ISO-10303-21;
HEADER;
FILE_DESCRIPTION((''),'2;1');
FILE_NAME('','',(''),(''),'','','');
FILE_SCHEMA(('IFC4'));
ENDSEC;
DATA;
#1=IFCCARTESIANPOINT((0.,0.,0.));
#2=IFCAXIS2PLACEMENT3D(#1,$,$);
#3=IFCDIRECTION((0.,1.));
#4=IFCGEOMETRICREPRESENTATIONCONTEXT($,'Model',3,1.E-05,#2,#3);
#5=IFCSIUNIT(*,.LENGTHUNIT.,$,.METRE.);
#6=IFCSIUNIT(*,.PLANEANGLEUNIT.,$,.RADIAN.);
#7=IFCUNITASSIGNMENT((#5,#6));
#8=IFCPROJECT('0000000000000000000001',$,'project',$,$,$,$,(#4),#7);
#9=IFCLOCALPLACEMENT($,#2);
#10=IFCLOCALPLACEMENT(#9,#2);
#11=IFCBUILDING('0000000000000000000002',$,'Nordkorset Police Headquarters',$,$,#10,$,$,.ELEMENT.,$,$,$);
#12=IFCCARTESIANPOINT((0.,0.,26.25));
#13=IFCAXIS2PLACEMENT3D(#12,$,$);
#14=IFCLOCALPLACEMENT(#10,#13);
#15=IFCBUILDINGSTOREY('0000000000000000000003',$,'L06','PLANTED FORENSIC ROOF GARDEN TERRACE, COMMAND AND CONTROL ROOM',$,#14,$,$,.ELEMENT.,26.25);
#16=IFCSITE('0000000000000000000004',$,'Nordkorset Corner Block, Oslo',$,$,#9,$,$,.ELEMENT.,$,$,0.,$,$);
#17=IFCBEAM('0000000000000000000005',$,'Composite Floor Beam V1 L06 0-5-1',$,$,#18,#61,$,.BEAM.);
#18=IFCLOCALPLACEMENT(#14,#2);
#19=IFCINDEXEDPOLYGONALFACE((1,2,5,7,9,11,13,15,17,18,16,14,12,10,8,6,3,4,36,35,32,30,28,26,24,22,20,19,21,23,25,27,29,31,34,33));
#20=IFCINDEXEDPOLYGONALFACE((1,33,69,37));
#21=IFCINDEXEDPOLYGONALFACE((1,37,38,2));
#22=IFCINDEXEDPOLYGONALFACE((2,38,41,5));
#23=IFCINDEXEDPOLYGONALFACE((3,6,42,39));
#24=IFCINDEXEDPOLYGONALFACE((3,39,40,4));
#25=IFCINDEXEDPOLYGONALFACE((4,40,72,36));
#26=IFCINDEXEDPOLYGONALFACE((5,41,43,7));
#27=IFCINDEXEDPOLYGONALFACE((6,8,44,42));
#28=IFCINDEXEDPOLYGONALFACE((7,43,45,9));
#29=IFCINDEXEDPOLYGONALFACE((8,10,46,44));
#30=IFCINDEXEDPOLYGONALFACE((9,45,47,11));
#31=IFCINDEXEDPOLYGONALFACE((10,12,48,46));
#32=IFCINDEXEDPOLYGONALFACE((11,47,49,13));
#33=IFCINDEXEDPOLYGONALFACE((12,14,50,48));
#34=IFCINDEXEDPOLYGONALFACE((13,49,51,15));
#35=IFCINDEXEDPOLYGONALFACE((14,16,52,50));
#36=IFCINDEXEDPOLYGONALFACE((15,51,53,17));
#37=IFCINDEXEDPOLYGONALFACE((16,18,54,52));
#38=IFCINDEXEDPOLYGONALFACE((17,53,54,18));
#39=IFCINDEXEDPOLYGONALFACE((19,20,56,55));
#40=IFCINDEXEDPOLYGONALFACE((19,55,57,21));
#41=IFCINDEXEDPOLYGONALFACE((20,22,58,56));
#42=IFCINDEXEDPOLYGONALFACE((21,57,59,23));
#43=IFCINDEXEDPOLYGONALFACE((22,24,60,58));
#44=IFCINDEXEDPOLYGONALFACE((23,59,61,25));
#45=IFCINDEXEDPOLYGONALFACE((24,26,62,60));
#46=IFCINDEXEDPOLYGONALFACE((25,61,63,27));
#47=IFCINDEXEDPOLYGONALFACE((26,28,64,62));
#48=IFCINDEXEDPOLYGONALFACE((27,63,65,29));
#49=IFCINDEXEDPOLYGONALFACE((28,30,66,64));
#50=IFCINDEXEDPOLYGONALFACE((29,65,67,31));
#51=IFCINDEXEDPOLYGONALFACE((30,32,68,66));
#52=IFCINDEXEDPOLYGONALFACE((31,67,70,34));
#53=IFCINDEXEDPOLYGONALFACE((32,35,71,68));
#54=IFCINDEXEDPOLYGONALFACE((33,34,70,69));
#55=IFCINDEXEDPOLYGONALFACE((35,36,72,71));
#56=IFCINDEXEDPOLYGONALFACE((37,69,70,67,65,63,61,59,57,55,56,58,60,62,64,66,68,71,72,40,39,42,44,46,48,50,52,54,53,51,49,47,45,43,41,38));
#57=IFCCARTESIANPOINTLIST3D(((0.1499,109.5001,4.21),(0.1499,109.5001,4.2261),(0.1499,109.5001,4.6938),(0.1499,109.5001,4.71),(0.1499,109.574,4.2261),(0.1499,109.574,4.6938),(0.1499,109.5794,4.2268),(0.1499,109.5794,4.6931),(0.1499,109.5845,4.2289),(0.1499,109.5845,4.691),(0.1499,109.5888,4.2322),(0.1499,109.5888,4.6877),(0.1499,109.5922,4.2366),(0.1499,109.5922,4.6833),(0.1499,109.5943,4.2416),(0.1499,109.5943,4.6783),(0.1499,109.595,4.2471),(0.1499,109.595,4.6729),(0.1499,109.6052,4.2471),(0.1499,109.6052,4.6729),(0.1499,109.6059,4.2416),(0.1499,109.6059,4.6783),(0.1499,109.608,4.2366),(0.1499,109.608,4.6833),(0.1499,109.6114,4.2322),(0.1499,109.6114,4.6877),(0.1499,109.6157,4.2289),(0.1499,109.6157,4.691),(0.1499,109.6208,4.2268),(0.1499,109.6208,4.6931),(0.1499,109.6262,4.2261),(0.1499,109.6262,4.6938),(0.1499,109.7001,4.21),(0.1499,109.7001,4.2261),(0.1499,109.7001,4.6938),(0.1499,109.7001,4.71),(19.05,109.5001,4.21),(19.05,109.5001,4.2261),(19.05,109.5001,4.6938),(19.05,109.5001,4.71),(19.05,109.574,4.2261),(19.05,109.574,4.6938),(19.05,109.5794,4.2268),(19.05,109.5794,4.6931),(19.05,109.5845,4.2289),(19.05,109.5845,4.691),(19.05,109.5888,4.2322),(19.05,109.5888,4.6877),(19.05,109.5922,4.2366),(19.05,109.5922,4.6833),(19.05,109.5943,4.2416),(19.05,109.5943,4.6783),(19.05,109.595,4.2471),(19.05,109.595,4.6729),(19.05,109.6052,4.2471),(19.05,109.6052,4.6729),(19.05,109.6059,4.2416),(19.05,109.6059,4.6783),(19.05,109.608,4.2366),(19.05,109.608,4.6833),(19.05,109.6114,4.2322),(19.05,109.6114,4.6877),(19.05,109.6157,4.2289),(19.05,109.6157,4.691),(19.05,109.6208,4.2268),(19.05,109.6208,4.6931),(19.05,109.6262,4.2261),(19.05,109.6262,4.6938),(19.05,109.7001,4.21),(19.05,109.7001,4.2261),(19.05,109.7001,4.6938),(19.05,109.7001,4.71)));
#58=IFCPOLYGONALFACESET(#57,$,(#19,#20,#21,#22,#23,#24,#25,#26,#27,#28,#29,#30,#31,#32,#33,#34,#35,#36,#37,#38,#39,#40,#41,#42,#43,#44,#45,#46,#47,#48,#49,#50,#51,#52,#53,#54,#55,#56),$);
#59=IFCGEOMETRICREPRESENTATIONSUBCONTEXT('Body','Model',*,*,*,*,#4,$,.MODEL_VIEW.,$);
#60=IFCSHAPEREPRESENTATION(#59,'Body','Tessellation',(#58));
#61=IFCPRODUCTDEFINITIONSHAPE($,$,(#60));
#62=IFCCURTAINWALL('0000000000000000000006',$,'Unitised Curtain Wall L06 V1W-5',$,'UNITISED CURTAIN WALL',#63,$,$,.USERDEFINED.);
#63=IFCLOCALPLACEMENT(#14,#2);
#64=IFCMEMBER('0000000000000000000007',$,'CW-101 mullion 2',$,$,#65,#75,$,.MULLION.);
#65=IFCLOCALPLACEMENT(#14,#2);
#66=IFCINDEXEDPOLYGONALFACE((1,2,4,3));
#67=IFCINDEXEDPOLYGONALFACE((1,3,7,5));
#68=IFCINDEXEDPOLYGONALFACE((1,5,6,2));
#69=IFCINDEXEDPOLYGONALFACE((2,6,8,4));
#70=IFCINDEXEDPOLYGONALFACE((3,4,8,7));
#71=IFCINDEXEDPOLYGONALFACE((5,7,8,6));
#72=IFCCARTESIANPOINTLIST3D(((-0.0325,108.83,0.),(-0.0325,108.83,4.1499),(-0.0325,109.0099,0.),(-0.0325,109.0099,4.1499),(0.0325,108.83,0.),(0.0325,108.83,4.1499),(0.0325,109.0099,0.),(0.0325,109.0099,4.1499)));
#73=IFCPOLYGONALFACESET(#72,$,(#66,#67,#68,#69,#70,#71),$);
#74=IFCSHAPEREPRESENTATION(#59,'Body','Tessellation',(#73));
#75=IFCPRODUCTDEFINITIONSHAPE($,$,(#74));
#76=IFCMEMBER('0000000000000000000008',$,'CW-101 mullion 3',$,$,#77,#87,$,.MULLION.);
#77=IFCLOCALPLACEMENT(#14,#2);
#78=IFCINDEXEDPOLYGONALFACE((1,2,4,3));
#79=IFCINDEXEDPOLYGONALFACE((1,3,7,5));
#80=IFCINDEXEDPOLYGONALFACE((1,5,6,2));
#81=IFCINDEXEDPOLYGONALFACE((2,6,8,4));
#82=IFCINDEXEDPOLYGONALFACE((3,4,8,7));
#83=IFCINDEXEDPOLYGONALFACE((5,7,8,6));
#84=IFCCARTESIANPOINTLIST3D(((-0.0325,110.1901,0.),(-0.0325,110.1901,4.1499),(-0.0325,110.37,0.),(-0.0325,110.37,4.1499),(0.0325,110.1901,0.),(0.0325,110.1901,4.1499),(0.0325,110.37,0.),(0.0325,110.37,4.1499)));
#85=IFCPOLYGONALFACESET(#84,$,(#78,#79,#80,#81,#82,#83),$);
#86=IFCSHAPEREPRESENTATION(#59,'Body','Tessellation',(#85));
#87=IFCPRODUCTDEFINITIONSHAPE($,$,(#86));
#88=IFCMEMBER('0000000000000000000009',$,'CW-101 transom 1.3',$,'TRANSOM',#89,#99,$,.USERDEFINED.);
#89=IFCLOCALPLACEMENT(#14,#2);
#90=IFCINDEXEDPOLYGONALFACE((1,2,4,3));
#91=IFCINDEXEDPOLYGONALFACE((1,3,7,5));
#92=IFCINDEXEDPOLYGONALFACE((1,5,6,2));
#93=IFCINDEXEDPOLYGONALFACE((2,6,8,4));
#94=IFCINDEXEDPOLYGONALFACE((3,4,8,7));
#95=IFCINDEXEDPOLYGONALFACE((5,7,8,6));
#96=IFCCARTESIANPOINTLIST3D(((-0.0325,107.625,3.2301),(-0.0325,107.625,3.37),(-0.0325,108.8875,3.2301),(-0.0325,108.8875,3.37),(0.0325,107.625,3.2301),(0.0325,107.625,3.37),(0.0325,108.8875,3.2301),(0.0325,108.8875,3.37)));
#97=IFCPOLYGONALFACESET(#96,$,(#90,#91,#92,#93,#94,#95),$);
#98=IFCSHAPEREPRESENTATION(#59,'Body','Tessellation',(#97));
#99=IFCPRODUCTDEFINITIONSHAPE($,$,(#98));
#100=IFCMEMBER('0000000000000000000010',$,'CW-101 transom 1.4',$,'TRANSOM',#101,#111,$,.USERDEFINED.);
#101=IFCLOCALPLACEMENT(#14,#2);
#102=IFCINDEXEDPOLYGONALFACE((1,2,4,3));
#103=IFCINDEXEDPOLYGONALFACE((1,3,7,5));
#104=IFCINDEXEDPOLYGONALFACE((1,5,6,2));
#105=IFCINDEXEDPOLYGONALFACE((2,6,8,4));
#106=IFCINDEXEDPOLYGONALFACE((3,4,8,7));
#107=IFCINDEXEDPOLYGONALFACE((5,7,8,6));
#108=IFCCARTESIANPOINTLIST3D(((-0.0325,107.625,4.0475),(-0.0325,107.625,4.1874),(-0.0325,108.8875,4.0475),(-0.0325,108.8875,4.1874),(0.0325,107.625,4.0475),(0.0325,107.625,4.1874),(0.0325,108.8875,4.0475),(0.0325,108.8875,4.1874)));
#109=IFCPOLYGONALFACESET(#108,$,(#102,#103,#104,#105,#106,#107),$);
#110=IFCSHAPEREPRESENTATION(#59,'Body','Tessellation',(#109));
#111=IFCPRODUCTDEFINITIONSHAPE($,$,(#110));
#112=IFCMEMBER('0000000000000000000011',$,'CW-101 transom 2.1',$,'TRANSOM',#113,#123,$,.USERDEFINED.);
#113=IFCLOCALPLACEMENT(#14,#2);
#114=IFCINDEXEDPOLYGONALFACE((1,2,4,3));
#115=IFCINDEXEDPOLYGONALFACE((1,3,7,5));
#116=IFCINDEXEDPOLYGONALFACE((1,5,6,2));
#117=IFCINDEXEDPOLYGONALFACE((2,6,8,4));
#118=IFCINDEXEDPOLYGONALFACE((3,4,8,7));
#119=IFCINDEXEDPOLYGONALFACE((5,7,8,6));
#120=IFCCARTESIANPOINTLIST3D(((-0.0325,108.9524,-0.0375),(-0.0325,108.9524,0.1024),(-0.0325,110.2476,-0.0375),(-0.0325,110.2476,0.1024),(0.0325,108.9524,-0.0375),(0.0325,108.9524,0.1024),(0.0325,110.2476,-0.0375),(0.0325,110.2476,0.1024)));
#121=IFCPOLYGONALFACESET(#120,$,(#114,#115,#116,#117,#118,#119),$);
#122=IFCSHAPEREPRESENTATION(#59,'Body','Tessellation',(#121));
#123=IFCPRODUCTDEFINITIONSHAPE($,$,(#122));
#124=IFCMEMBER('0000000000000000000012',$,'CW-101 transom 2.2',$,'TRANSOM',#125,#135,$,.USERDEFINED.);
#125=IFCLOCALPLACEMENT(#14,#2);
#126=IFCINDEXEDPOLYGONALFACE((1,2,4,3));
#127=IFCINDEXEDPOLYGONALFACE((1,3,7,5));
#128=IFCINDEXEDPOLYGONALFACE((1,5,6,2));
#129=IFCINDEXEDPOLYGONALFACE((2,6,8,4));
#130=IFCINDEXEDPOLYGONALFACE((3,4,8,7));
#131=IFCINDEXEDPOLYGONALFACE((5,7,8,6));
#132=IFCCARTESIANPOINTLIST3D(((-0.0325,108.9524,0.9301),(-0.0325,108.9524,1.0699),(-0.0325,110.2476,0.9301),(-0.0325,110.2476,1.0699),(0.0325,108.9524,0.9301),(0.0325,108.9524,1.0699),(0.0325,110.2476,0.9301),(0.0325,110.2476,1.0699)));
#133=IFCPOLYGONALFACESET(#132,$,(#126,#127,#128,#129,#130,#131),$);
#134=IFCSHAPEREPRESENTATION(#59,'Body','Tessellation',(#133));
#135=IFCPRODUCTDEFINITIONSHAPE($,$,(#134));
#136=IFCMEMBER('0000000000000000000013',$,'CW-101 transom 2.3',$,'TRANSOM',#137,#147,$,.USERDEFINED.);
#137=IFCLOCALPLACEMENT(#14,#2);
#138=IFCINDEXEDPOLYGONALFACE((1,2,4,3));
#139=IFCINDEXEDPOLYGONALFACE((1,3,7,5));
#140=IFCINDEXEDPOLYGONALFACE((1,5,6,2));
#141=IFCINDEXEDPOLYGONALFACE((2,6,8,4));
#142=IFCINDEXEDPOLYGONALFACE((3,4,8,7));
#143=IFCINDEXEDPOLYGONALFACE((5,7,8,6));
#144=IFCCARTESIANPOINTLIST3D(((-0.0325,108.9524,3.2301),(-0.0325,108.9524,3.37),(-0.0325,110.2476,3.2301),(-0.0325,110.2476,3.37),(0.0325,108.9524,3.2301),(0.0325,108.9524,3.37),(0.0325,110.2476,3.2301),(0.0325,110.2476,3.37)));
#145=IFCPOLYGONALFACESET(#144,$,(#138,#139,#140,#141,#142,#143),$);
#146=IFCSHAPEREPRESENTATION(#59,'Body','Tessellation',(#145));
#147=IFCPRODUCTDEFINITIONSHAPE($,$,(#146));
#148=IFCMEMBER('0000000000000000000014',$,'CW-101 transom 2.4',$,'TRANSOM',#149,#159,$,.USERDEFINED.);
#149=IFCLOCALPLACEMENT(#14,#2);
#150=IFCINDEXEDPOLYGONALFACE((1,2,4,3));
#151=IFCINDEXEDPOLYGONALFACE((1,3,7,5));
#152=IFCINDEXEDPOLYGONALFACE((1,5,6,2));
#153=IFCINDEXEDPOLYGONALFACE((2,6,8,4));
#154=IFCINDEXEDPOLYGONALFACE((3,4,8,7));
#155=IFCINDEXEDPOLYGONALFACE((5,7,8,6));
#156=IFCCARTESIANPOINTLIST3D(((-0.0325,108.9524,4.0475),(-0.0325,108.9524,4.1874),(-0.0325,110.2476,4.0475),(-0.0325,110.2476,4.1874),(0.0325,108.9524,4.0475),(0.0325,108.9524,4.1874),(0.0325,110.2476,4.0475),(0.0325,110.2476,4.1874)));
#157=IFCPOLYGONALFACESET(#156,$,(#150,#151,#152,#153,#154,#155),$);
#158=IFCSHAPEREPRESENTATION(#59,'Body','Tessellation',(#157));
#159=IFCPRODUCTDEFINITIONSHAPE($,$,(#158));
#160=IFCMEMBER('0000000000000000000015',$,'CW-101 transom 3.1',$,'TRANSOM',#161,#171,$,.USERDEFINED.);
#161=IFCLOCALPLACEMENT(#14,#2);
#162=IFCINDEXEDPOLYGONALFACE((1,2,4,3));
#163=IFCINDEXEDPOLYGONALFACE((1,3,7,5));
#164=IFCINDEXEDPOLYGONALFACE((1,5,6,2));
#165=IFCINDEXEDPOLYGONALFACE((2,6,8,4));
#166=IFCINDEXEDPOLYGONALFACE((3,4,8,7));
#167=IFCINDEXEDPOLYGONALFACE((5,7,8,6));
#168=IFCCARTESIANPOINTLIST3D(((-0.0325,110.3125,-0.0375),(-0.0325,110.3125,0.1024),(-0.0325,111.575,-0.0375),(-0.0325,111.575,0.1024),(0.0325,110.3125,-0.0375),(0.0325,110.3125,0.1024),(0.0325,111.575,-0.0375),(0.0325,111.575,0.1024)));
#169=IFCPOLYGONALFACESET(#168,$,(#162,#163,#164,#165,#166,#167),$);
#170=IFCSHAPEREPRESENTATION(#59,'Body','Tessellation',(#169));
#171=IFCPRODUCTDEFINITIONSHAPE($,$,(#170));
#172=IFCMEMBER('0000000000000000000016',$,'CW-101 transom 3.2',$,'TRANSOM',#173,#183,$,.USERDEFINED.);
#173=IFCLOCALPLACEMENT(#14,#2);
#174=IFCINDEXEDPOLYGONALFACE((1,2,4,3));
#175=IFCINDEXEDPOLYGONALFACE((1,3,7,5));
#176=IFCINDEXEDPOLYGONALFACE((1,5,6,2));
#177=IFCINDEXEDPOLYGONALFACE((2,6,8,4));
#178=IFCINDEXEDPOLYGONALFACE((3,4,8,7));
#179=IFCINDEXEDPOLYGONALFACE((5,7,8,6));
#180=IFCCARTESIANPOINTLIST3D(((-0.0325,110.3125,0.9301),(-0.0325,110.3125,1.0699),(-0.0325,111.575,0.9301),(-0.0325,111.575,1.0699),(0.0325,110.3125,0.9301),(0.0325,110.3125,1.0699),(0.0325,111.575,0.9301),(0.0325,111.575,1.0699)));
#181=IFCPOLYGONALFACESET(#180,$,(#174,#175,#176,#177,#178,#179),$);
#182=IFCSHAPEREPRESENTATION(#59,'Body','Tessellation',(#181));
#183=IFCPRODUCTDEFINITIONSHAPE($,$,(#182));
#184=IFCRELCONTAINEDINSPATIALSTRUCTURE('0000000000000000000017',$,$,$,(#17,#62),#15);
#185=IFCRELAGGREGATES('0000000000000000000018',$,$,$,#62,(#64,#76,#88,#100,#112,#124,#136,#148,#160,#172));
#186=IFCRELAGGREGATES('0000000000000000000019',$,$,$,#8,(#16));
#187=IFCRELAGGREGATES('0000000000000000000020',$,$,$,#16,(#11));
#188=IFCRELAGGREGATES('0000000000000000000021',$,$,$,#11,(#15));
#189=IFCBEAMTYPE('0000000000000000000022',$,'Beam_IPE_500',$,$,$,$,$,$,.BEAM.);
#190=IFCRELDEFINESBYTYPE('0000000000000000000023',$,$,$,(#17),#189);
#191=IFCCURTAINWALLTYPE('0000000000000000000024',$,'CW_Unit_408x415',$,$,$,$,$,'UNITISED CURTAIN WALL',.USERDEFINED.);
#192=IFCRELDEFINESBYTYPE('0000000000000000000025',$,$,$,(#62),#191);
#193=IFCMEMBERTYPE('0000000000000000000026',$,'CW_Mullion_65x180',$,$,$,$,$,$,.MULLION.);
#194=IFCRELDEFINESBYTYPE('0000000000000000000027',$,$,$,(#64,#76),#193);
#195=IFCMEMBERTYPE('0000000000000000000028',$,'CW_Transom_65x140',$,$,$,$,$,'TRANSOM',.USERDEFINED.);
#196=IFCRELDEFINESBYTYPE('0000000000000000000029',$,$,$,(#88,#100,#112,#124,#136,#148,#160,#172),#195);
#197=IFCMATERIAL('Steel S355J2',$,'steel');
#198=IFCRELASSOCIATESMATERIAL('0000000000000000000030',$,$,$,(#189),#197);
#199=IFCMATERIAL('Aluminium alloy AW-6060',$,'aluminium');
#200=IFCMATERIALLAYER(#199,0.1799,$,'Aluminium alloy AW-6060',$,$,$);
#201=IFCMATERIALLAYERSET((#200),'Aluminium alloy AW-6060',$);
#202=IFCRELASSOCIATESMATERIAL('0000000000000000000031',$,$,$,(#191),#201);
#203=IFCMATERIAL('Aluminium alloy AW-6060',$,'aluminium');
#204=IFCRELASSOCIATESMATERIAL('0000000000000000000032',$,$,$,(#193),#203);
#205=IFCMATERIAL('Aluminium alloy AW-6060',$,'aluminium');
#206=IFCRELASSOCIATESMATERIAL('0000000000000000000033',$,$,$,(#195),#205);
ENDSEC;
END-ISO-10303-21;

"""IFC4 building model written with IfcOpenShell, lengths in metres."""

from ifc_helpers import new_model, si_unit, direction, frame, origin, origin_2d, place, context, subcontext, project, spatial, rectangle, i_section, extrude, material, layer, layer_set, material_profile, profile_set, type_object, element, aggregate, save


model = new_model("IFC4")

# Units and contexts
model_context = context("Model", 3, precision=1e-05, world=origin(), true_north=direction((0.0, 1.0)))
body_context = subcontext(model_context, "Body", "Model", "MODEL_VIEW")
ifc_project = project(units=[si_unit("LENGTHUNIT", "METRE"), si_unit("PLANEANGLEUNIT", "RADIAN")], contexts=[model_context])

# Site, building, storey
site_placement = place(None, origin())
site = spatial("IfcSite", under=ifc_project, at=site_placement, Name="Nordkorset Corner Block, Oslo", CompositionType="ELEMENT", RefElevation=0.0)
building_placement = place(site_placement, origin())
building = spatial("IfcBuilding", under=site, at=building_placement, Name="Nordkorset Police Headquarters", CompositionType="ELEMENT")
storey_placement = place(building_placement, frame((0.0, 0.0, 26.25)))
storey = spatial("IfcBuildingStorey", under=building, at=storey_placement, Name="L06", Description="PLANTED FORENSIC ROOF GARDEN TERRACE, COMMAND AND CONTROL ROOM", CompositionType="ELEMENT", Elevation=26.25)

# Beam
ifc_material_1 = material(Name="Steel S355J2", Category="steel")
ifc_material_profile_1 = material_profile(ifc_material_1, i_section(OverallWidth=0.2, OverallDepth=0.5, WebThickness=0.0103, FlangeThickness=0.0161, FilletRadius=0.021, at=origin_2d()), Name="IPE 500")
ifc_profile_set_1 = profile_set([ifc_material_profile_1], Name="Steel S355J2")
beam_type = type_object("IfcBeamType", Name="Beam_IPE_500", PredefinedType="BEAM", material=ifc_profile_set_1)
beam_placement = place(storey_placement, frame((0.1499, 109.6001, 4.46), z_axis=(1.0, 0.0, 0.0), x_axis=(0.0, 1.0, 0.0)))
element("IfcBeam", 1, at=beam_placement, inside=storey, type_object=beam_type, Name="Composite Floor Beam V1 L06 0-5-1", PredefinedType="BEAM", context=body_context, shape_type="SweptSolid", body=[
    extrude(i_section(OverallWidth=0.2, OverallDepth=0.5, WebThickness=0.0103, FlangeThickness=0.0161, FilletRadius=0.021, at=origin_2d()), origin(), (0.0, 0.0, 1.0), 18.9001),
])

# Curtain wall, members
ifc_material_2 = material(Name="Aluminium alloy AW-6060", Category="aluminium")
ifc_layer_1 = layer(ifc_material_2, 0.1799, Name="Aluminium alloy AW-6060")
ifc_layer_set_1 = layer_set([ifc_layer_1], Name="Aluminium alloy AW-6060")
curtain_wall_type = type_object("IfcCurtainWallType", Name="CW_Unit_408x415", ElementType="UNITISED CURTAIN WALL", PredefinedType="USERDEFINED", material=ifc_layer_set_1)
curtain_wall_placement = place(storey_placement, origin())
curtain_wall = element("IfcCurtainWall", 2, at=curtain_wall_placement, inside=storey, type_object=curtain_wall_type, Name="Unitised Curtain Wall L06 V1W-5", ObjectType="UNITISED CURTAIN WALL", PredefinedType="USERDEFINED")
ifc_material_3 = material(Name="Aluminium alloy AW-6060", Category="aluminium")
ifc_material_profile_2 = material_profile(ifc_material_3, rectangle(XDim=0.0649, YDim=0.1799, at=origin_2d()), Name="ALU MULL 65x180")
ifc_profile_set_2 = profile_set([ifc_material_profile_2], Name="Aluminium alloy AW-6060")
member_type_1 = type_object("IfcMemberType", Name="CW_Mullion_65x180", PredefinedType="MULLION", material=ifc_profile_set_2)
member_1_placement = place(storey_placement, frame((0.0, 108.9199, 0.0), z_axis=(0.0, 0.0, 1.0), x_axis=(-1.0, 0.0, 0.0)))
member_1 = element("IfcMember", 3, at=member_1_placement, type_object=member_type_1, Name="CW-101 mullion 2", PredefinedType="MULLION", context=body_context, shape_type="SweptSolid", body=[
    extrude(rectangle(XDim=0.0649, YDim=0.1799, at=origin_2d()), origin(), (0.0, 0.0, 1.0), 4.1499),
])
member_2_placement = place(storey_placement, frame((0.0, 110.28, 0.0), z_axis=(0.0, 0.0, 1.0), x_axis=(-1.0, 0.0, 0.0)))
member_2 = element("IfcMember", 4, at=member_2_placement, type_object=member_type_1, Name="CW-101 mullion 3", PredefinedType="MULLION", context=body_context, shape_type="SweptSolid", body=[
    extrude(rectangle(XDim=0.0649, YDim=0.1799, at=origin_2d()), origin(), (0.0, 0.0, 1.0), 4.1499),
])
ifc_material_4 = material(Name="Aluminium alloy AW-6060", Category="aluminium")
ifc_material_profile_3 = material_profile(ifc_material_4, rectangle(XDim=0.0649, YDim=0.1399, at=origin_2d()), Name="ALU TRAN 65x140")
ifc_profile_set_3 = profile_set([ifc_material_profile_3], Name="Aluminium alloy AW-6060")
member_type_2 = type_object("IfcMemberType", Name="CW_Transom_65x140", ElementType="TRANSOM", PredefinedType="USERDEFINED", material=ifc_profile_set_3)
member_3_placement = place(storey_placement, frame((0.0, 107.625, 3.3), z_axis=(0.0, 1.0, 0.0), x_axis=(-1.0, 0.0, 0.0)))
member_3 = element("IfcMember", 5, at=member_3_placement, type_object=member_type_2, Name="CW-101 transom 1.3", ObjectType="TRANSOM", PredefinedType="USERDEFINED", context=body_context, shape_type="SweptSolid", body=[
    extrude(rectangle(XDim=0.0649, YDim=0.1399, at=origin_2d()), origin(), (0.0, 0.0, 1.0), 1.2625),
])
member_4_placement = place(storey_placement, frame((0.0, 107.625, 4.1174), z_axis=(0.0, 1.0, 0.0), x_axis=(-1.0, 0.0, 0.0)))
member_4 = element("IfcMember", 6, at=member_4_placement, type_object=member_type_2, Name="CW-101 transom 1.4", ObjectType="TRANSOM", PredefinedType="USERDEFINED", context=body_context, shape_type="SweptSolid", body=[
    extrude(rectangle(XDim=0.0649, YDim=0.1399, at=origin_2d()), origin(), (0.0, 0.0, 1.0), 1.2625),
])
member_5_placement = place(storey_placement, frame((0.0, 108.9524, 0.0325), z_axis=(0.0, 1.0, 0.0), x_axis=(-1.0, 0.0, 0.0)))
member_5 = element("IfcMember", 7, at=member_5_placement, type_object=member_type_2, Name="CW-101 transom 2.1", ObjectType="TRANSOM", PredefinedType="USERDEFINED", context=body_context, shape_type="SweptSolid", body=[
    extrude(rectangle(XDim=0.0649, YDim=0.1399, at=origin_2d()), origin(), (0.0, 0.0, 1.0), 1.2952),
])
member_6_placement = place(storey_placement, frame((0.0, 108.9524, 1.0), z_axis=(0.0, 1.0, 0.0), x_axis=(-1.0, 0.0, 0.0)))
member_6 = element("IfcMember", 8, at=member_6_placement, type_object=member_type_2, Name="CW-101 transom 2.2", ObjectType="TRANSOM", PredefinedType="USERDEFINED", context=body_context, shape_type="SweptSolid", body=[
    extrude(rectangle(XDim=0.0649, YDim=0.1399, at=origin_2d()), origin(), (0.0, 0.0, 1.0), 1.2952),
])
member_7_placement = place(storey_placement, frame((0.0, 108.9524, 3.3), z_axis=(0.0, 1.0, 0.0), x_axis=(-1.0, 0.0, 0.0)))
member_7 = element("IfcMember", 9, at=member_7_placement, type_object=member_type_2, Name="CW-101 transom 2.3", ObjectType="TRANSOM", PredefinedType="USERDEFINED", context=body_context, shape_type="SweptSolid", body=[
    extrude(rectangle(XDim=0.0649, YDim=0.1399, at=origin_2d()), origin(), (0.0, 0.0, 1.0), 1.2952),
])
member_8_placement = place(storey_placement, frame((0.0, 108.9524, 4.1174), z_axis=(0.0, 1.0, 0.0), x_axis=(-1.0, 0.0, 0.0)))
member_8 = element("IfcMember", 10, at=member_8_placement, type_object=member_type_2, Name="CW-101 transom 2.4", ObjectType="TRANSOM", PredefinedType="USERDEFINED", context=body_context, shape_type="SweptSolid", body=[
    extrude(rectangle(XDim=0.0649, YDim=0.1399, at=origin_2d()), origin(), (0.0, 0.0, 1.0), 1.2952),
])
member_9_placement = place(storey_placement, frame((0.0, 110.3125, 0.0325), z_axis=(0.0, 1.0, 0.0), x_axis=(-1.0, 0.0, 0.0)))
member_9 = element("IfcMember", 11, at=member_9_placement, type_object=member_type_2, Name="CW-101 transom 3.1", ObjectType="TRANSOM", PredefinedType="USERDEFINED", context=body_context, shape_type="SweptSolid", body=[
    extrude(rectangle(XDim=0.0649, YDim=0.1399, at=origin_2d()), origin(), (0.0, 0.0, 1.0), 1.2625),
])
member_10_placement = place(storey_placement, frame((0.0, 110.3125, 1.0), z_axis=(0.0, 1.0, 0.0), x_axis=(-1.0, 0.0, 0.0)))
member_10 = element("IfcMember", 12, at=member_10_placement, type_object=member_type_2, Name="CW-101 transom 3.2", ObjectType="TRANSOM", PredefinedType="USERDEFINED", context=body_context, shape_type="SweptSolid", body=[
    extrude(rectangle(XDim=0.0649, YDim=0.1399, at=origin_2d()), origin(), (0.0, 0.0, 1.0), 1.2625),
])
aggregate(curtain_wall, [member_1, member_2, member_3, member_4, member_5, member_6, member_7, member_8, member_9, member_10])

save(model, "model.ifc")
